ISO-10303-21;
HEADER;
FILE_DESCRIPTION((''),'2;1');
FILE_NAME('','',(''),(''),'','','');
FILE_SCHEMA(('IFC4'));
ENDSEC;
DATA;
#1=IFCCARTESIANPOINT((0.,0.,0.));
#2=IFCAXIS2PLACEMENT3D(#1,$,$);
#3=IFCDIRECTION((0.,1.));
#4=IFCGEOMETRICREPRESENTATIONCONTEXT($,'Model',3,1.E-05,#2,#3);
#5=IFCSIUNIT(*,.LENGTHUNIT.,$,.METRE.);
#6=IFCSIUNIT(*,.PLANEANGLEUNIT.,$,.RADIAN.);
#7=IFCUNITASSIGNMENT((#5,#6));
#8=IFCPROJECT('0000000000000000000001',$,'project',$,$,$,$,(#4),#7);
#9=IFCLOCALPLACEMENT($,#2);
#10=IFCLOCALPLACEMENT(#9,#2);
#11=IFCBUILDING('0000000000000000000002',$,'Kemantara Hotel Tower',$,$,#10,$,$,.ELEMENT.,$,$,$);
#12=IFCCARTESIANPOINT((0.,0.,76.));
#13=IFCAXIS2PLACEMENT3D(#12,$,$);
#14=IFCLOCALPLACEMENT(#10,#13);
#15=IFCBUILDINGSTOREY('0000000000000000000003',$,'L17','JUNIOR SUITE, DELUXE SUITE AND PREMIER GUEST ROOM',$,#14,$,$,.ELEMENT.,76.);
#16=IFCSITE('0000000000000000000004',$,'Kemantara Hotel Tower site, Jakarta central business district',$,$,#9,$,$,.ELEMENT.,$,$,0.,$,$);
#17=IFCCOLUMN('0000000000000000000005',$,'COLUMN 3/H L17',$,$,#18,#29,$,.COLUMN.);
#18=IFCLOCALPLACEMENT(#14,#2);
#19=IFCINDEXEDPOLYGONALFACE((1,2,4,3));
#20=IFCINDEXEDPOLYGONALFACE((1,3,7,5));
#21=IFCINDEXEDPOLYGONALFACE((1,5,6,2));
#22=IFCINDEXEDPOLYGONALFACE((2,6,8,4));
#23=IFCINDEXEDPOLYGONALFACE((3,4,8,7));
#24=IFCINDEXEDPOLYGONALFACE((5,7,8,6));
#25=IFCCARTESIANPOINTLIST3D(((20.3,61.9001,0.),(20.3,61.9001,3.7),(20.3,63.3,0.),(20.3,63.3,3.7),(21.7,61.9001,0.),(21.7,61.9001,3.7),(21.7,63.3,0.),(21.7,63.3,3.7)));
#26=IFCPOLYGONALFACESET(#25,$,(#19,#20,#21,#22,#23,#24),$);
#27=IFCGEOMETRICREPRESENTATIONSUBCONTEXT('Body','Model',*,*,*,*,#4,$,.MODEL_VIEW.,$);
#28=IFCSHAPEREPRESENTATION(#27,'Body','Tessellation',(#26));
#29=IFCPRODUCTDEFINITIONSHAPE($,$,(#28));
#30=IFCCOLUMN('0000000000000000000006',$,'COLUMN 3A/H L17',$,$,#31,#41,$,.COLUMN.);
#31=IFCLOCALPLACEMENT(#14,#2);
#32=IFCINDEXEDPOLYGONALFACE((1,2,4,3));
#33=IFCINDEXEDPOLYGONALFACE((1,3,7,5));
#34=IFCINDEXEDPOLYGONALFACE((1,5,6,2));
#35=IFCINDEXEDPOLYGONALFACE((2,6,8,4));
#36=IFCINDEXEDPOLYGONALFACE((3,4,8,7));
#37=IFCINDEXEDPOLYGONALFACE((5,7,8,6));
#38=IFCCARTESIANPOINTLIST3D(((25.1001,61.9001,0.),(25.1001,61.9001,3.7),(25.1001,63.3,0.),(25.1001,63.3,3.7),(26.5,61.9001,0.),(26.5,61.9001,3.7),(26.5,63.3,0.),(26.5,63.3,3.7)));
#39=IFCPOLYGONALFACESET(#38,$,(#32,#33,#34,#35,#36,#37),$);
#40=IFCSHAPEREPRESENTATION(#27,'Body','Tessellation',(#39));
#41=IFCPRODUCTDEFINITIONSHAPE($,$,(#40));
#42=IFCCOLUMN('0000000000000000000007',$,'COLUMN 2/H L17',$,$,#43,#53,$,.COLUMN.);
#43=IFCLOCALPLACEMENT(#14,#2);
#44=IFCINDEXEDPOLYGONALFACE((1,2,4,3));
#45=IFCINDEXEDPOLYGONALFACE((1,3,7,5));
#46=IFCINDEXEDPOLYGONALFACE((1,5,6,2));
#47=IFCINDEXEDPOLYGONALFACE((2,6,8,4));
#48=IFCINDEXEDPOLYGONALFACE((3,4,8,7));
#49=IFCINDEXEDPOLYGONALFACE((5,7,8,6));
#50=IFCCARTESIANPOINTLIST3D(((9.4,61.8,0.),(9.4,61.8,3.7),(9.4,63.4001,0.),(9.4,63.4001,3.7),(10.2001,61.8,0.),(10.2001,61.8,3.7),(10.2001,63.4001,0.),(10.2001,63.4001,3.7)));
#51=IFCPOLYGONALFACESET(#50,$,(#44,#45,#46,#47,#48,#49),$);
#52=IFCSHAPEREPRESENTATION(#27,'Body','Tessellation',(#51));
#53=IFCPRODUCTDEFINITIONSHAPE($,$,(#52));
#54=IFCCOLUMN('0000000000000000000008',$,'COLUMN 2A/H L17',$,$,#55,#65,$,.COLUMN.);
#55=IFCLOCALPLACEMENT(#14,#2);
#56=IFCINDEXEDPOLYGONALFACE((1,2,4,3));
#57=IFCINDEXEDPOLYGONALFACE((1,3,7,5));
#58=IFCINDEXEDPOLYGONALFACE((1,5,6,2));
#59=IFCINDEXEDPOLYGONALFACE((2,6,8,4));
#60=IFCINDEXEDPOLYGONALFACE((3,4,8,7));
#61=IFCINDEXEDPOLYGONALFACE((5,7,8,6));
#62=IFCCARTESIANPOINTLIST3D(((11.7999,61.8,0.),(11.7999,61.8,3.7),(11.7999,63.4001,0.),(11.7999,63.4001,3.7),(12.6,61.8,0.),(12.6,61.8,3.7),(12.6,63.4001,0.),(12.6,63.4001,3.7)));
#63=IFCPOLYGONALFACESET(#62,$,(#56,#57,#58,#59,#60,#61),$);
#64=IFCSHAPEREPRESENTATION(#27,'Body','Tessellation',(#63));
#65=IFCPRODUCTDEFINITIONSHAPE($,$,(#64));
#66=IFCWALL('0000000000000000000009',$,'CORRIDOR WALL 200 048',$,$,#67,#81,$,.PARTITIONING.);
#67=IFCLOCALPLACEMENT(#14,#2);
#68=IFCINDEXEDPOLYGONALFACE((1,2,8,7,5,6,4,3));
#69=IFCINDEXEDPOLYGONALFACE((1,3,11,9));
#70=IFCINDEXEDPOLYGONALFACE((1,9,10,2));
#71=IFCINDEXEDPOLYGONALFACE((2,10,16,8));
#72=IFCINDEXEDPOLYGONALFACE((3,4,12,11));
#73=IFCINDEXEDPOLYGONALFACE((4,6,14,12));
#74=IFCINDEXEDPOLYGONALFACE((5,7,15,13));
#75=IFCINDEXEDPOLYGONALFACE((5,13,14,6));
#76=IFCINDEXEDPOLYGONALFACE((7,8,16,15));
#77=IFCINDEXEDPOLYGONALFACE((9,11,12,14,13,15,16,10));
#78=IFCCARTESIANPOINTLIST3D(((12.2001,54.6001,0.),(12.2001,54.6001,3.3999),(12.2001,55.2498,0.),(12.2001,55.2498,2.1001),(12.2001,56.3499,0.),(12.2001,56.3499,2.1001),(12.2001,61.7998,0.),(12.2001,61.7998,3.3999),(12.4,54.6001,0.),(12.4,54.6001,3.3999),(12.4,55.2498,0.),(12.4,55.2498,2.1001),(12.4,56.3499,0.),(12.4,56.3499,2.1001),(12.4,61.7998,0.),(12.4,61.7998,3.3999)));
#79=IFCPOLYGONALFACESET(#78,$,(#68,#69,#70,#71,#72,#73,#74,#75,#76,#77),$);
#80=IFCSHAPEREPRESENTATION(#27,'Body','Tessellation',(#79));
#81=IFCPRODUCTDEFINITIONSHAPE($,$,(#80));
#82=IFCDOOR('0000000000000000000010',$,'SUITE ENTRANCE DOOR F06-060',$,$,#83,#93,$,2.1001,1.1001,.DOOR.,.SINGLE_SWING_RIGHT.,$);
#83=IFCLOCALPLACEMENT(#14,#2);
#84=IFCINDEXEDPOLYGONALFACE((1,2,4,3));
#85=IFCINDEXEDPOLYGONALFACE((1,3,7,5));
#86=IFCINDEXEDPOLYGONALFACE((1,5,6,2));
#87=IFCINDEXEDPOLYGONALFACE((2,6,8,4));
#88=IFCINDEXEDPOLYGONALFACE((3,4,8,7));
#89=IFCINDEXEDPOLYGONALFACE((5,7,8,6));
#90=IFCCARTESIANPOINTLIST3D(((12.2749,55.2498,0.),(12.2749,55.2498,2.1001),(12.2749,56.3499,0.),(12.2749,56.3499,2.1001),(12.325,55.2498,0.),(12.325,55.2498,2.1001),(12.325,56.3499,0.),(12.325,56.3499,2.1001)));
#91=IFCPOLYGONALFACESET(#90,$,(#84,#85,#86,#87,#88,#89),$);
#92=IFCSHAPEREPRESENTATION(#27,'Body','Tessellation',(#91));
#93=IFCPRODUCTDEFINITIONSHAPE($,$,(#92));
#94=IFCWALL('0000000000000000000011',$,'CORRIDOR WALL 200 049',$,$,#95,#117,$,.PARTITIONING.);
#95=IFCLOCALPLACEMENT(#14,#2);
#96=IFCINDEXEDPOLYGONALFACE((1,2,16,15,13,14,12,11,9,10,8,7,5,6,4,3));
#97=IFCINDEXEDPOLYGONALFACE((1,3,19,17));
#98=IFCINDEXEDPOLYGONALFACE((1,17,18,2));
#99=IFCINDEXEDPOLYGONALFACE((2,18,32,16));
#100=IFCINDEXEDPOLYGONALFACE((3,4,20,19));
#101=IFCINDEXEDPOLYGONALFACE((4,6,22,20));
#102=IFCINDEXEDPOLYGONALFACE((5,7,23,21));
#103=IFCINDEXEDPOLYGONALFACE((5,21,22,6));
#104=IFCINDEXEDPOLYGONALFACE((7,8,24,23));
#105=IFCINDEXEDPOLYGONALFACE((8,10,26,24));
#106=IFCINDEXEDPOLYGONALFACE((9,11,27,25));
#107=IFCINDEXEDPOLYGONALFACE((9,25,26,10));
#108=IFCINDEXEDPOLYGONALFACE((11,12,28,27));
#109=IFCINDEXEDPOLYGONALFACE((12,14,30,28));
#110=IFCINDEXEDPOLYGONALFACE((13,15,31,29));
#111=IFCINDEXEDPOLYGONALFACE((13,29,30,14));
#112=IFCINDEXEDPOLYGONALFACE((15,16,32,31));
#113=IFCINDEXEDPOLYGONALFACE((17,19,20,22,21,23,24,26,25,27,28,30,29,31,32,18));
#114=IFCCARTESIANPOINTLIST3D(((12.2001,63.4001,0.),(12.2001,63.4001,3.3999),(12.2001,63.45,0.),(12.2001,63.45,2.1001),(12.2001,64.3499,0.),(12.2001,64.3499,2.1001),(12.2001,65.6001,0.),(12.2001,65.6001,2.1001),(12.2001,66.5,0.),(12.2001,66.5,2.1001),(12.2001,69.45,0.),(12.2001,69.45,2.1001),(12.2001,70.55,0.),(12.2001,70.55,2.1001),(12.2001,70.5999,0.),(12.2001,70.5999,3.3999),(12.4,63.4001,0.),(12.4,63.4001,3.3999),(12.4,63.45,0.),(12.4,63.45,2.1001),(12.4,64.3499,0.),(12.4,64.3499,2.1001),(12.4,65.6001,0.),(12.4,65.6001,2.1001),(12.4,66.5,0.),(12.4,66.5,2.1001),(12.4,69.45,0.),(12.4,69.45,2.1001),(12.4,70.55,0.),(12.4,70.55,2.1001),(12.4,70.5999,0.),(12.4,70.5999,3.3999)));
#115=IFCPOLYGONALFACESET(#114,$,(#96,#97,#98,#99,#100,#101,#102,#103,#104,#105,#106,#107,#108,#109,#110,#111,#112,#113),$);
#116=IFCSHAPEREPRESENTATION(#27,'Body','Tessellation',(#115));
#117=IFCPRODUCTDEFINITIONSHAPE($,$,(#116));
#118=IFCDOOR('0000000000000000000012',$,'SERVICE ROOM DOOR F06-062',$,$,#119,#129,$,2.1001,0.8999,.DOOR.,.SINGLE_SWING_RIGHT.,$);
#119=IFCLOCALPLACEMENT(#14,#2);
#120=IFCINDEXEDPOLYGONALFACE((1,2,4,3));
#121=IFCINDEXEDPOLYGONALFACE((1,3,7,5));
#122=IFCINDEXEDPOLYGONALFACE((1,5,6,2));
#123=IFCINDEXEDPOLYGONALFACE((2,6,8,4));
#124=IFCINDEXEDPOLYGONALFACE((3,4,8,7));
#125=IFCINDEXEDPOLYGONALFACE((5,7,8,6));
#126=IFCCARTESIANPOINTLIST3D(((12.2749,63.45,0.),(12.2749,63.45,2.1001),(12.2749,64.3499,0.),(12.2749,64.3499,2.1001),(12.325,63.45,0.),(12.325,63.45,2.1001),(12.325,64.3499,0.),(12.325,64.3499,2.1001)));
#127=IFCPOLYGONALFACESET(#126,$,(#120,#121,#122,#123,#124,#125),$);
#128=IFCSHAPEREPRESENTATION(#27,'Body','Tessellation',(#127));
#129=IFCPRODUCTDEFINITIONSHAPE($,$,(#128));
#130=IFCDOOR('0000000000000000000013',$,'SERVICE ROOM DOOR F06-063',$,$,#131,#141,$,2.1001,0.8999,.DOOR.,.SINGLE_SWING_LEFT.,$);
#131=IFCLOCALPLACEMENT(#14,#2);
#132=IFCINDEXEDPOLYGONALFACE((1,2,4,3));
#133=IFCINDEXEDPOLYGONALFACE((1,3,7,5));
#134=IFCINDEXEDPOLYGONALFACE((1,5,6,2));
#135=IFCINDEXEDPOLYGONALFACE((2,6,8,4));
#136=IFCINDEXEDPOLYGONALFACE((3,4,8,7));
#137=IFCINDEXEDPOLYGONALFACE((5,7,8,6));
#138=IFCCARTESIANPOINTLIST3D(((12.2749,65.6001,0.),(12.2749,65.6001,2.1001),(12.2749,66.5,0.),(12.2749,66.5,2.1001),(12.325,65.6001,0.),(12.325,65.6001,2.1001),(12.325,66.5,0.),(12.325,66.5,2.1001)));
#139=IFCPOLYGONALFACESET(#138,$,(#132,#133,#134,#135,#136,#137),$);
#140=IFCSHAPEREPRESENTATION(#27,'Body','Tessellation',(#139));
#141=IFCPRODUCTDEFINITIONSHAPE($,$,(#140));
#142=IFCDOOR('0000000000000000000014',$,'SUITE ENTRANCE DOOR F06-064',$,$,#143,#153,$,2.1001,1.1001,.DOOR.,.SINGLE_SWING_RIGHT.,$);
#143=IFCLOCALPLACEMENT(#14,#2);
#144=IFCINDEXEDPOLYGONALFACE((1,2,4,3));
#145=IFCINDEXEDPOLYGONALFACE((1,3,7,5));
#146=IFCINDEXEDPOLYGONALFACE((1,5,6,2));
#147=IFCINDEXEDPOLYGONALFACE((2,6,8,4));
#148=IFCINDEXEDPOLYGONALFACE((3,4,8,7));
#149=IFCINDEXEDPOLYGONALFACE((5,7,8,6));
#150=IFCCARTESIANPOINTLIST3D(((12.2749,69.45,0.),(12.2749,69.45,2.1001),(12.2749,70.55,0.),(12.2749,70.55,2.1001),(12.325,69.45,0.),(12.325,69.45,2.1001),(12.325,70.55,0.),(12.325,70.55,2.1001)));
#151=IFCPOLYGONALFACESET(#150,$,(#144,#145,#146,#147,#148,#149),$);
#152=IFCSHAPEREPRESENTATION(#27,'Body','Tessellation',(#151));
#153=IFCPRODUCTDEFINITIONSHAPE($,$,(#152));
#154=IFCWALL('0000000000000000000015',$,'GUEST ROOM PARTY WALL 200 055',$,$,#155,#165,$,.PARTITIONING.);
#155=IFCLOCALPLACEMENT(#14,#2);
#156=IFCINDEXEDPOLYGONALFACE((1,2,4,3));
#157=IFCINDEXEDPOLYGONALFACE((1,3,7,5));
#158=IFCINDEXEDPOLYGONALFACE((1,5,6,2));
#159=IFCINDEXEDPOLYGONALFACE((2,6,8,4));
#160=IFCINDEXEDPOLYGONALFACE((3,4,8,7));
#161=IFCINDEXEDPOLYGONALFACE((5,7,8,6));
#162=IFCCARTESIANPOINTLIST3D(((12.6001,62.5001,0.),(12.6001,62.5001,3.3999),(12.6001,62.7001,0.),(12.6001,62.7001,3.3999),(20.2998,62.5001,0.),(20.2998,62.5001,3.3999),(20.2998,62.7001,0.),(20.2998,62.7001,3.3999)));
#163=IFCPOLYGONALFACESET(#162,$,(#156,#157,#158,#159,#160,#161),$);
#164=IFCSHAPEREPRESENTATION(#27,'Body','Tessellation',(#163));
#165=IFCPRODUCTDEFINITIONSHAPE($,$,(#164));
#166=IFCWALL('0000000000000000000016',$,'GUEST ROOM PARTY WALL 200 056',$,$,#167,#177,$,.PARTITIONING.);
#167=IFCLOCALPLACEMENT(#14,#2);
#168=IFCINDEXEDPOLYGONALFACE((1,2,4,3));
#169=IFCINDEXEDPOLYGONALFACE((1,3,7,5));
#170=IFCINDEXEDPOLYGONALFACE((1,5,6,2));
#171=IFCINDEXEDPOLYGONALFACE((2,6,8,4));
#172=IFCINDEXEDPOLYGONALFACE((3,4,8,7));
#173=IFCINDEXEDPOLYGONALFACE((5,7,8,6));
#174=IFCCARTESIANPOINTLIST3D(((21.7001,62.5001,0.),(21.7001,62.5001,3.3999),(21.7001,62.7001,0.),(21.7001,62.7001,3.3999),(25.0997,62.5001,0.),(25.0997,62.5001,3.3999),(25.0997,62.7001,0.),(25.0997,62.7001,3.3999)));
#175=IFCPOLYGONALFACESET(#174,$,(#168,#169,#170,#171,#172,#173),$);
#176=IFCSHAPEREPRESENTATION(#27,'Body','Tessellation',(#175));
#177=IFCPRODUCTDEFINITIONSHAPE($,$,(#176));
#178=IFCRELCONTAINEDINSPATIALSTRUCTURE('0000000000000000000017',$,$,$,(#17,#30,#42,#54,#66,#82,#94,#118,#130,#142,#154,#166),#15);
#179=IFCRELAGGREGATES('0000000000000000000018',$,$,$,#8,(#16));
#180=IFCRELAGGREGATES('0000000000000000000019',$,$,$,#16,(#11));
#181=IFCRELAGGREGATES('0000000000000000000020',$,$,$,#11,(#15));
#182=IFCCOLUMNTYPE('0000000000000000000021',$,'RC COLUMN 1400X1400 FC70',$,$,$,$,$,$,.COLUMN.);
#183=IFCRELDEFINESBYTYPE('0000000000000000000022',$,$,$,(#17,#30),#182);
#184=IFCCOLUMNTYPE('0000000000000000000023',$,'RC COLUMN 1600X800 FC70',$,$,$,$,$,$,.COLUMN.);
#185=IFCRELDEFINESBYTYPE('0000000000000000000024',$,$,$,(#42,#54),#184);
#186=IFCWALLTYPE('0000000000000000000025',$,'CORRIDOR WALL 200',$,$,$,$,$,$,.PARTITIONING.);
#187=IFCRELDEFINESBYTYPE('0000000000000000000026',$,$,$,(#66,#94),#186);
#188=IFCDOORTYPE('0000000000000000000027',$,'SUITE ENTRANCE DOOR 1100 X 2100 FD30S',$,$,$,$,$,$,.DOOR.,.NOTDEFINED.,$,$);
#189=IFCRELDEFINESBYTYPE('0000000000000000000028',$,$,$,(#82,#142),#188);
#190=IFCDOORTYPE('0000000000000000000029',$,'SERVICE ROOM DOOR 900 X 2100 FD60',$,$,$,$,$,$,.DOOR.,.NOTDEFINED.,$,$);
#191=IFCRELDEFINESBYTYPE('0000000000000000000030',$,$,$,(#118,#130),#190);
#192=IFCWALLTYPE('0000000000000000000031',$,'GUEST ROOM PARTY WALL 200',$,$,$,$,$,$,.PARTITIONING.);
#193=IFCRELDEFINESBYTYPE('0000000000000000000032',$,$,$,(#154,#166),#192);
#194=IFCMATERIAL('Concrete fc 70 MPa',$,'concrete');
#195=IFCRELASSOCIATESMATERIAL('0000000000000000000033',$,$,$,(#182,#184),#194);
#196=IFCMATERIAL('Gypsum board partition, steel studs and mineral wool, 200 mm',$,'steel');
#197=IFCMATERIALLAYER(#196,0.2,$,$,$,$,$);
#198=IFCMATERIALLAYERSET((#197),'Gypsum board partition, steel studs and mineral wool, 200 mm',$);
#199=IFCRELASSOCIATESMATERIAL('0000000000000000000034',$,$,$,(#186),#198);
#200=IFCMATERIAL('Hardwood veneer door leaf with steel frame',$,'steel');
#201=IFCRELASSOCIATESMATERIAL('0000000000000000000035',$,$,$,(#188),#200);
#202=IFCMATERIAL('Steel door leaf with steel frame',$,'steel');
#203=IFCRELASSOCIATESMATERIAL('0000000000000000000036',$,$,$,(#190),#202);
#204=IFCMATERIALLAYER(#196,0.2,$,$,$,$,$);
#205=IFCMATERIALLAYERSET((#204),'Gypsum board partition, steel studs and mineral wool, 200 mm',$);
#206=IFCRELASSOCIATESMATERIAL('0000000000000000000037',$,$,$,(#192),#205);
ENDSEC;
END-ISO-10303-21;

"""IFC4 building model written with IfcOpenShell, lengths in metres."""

from ifc_helpers import new_model, si_unit, direction, frame, frame_2d, origin, origin_2d, place, context, subcontext, project, spatial, rectangle, extrude, material, layer, layer_set, material_profile, profile_set, type_object, element, fill, save


model = new_model("IFC4")

# Units and contexts
model_context = context("Model", 3, precision=1e-05, world=origin(), true_north=direction((0.0, 1.0)))
body_context = subcontext(model_context, "Body", "Model", "MODEL_VIEW")
ifc_project = project(units=[si_unit("LENGTHUNIT", "METRE"), si_unit("PLANEANGLEUNIT", "RADIAN")], contexts=[model_context])

# Site, building, storey
site_placement = place(None, origin())
site = spatial("IfcSite", under=ifc_project, at=site_placement, Name="Kemantara Hotel Tower site, Jakarta central business district", CompositionType="ELEMENT", RefElevation=0.0)
building_placement = place(site_placement, origin())
building = spatial("IfcBuilding", under=site, at=building_placement, Name="Kemantara Hotel Tower", CompositionType="ELEMENT")
storey_placement = place(building_placement, frame((0.0, 0.0, 76.0)))
storey = spatial("IfcBuildingStorey", under=building, at=storey_placement, Name="L17", Description="JUNIOR SUITE, DELUXE SUITE AND PREMIER GUEST ROOM", CompositionType="ELEMENT", Elevation=76.0)

# Columns
ifc_material_1 = material(Name="Concrete fc 70 MPa", Category="concrete")
ifc_material_profile_1 = material_profile(ifc_material_1, rectangle(XDim=1.3999, YDim=1.3999, at=origin_2d()), Name="RC 1400X1400")
ifc_profile_set_1 = profile_set([ifc_material_profile_1], Name="Concrete fc 70 MPa")
column_type_1 = type_object("IfcColumnType", Name="RC COLUMN 1400X1400 FC70", PredefinedType="COLUMN", material=ifc_profile_set_1)
for number, where, z_axis, x_axis, name in (
    (1, (21.0, 62.6001, 0.0), (0.0, 0.0, 1.0), (1.0, 0.0, 0.0), "COLUMN 3/H L17"),
    (2, (25.8, 62.6001, 0.0), (0.0, 0.0, 1.0), (1.0, 0.0, 0.0), "COLUMN 3A/H L17"),
):
    element("IfcColumn", number, at=place(storey_placement, frame(where, z_axis=z_axis, x_axis=x_axis)), inside=storey, type_object=column_type_1, Name=name, PredefinedType="COLUMN", context=body_context, shape_type="SweptSolid", body=[
        extrude(rectangle(XDim=1.3999, YDim=1.3999, at=origin_2d()), origin(), (0.0, 0.0, 1.0), 3.7),
    ])
ifc_material_profile_2 = material_profile(ifc_material_1, rectangle(XDim=1.6001, YDim=0.8, at=origin_2d()), Name="RC 1600X800")
ifc_profile_set_2 = profile_set([ifc_material_profile_2], Name="Concrete fc 70 MPa")
column_type_2 = type_object("IfcColumnType", Name="RC COLUMN 1600X800 FC70", PredefinedType="COLUMN", material=ifc_profile_set_2)
for number, where, z_axis, x_axis, name in (
    (3, (9.8, 62.6001, 0.0), (0.0, 0.0, 1.0), (0.0, 1.0, 0.0), "COLUMN 2/H L17"),
    (4, (12.2, 62.6001, 0.0), (0.0, 0.0, 1.0), (0.0, 1.0, 0.0), "COLUMN 2A/H L17"),
):
    element("IfcColumn", number, at=place(storey_placement, frame(where, z_axis=z_axis, x_axis=x_axis)), inside=storey, type_object=column_type_2, Name=name, PredefinedType="COLUMN", context=body_context, shape_type="SweptSolid", body=[
        extrude(rectangle(XDim=1.6001, YDim=0.8, at=origin_2d()), origin(), (0.0, 0.0, 1.0), 3.7),
    ])

# Wall, opening, door
ifc_material_2 = material(Name="Gypsum board partition, steel studs and mineral wool, 200 mm", Category="steel")
ifc_layer_1 = layer(ifc_material_2, 0.2)
ifc_layer_set_1 = layer_set([ifc_layer_1], Name="Gypsum board partition, steel studs and mineral wool, 200 mm")
wall_type_1 = type_object("IfcWallType", Name="CORRIDOR WALL 200", PredefinedType="PARTITIONING", material=ifc_layer_set_1)
wall_1_placement = place(storey_placement, frame((12.3, 61.7998, 0.0), z_axis=(0.0, 0.0, 1.0), x_axis=(0.0, -1.0, 0.0)))
wall_1 = element("IfcWall", 5, at=wall_1_placement, inside=storey, type_object=wall_type_1, Name="CORRIDOR WALL 200 048", PredefinedType="PARTITIONING", context=body_context, shape_type="SweptSolid", body=[
    extrude(rectangle(XDim=7.1997, YDim=0.2, at=frame_2d((3.5999, 0.0))), origin(), (0.0, 0.0, 1.0), 3.3999),
])
opening_1_placement = place(wall_1_placement, frame((5.45, 0.0, 0.0)))
opening_1 = element("IfcOpeningElement", 6, at=opening_1_placement, cuts=wall_1, PredefinedType="OPENING", context=body_context, shape_type="SweptSolid", body=[
    extrude(rectangle(XDim=1.1001, YDim=2.1001, at=frame_2d((0.55, 1.05))), frame((0.0, 0.1099, 0.0), z_axis=(0.0, -1.0, 0.0), x_axis=(1.0, 0.0, 0.0)), (0.0, 0.0, 1.0), 0.22),
])
ifc_material_3 = material(Name="Hardwood veneer door leaf with steel frame", Category="steel")
door_type_1 = type_object("IfcDoorType", Name="SUITE ENTRANCE DOOR 1100 X 2100 FD30S", OperationType="NOTDEFINED", PredefinedType="DOOR", material=ifc_material_3)
door_1_placement = place(opening_1_placement, origin())
door_1 = element("IfcDoor", 7, at=door_1_placement, inside=storey, type_object=door_type_1, Name="SUITE ENTRANCE DOOR F06-060", OperationType="SINGLE_SWING_RIGHT", OverallHeight=2.1001, OverallWidth=1.1001, PredefinedType="DOOR", context=body_context, shape_type="SweptSolid", body=[
    extrude(rectangle(XDim=1.1001, YDim=2.1001, at=frame_2d((0.55, 1.05))), frame((0.0, 0.0249, 0.0), z_axis=(0.0, -1.0, 0.0), x_axis=(1.0, 0.0, 0.0)), (0.0, 0.0, 1.0), 0.05),
])
fill(opening_1, door_1)

# Wall, openings, doors
wall_2_placement = place(storey_placement, frame((12.3, 70.5999, 0.0), z_axis=(0.0, 0.0, 1.0), x_axis=(0.0, -1.0, 0.0)))
wall_2 = element("IfcWall", 8, at=wall_2_placement, inside=storey, type_object=wall_type_1, Name="CORRIDOR WALL 200 049", PredefinedType="PARTITIONING", context=body_context, shape_type="SweptSolid", body=[
    extrude(rectangle(XDim=7.1997, YDim=0.2, at=frame_2d((3.5999, 0.0))), origin(), (0.0, 0.0, 1.0), 3.3999),
])
opening_2_placement = place(wall_2_placement, frame((6.25, 0.0, 0.0)))
opening_2 = element("IfcOpeningElement", 9, at=opening_2_placement, cuts=wall_2, PredefinedType="OPENING", context=body_context, shape_type="SweptSolid", body=[
    extrude(rectangle(XDim=0.8999, YDim=2.1001, at=frame_2d((0.45, 1.05))), frame((0.0, 0.1099, 0.0), z_axis=(0.0, -1.0, 0.0), x_axis=(1.0, 0.0, 0.0)), (0.0, 0.0, 1.0), 0.22),
])
opening_3_placement = place(wall_2_placement, frame((4.0999, 0.0, 0.0)))
opening_3 = element("IfcOpeningElement", 10, at=opening_3_placement, cuts=wall_2, PredefinedType="OPENING", context=body_context, shape_type="SweptSolid", body=[
    extrude(rectangle(XDim=0.8999, YDim=2.1001, at=frame_2d((0.45, 1.05))), frame((0.0, 0.1099, 0.0), z_axis=(0.0, -1.0, 0.0), x_axis=(1.0, 0.0, 0.0)), (0.0, 0.0, 1.0), 0.22),
])
opening_4_placement = place(wall_2_placement, frame((0.0498, 0.0, 0.0)))
opening_4 = element("IfcOpeningElement", 11, at=opening_4_placement, cuts=wall_2, PredefinedType="OPENING", context=body_context, shape_type="SweptSolid", body=[
    extrude(rectangle(XDim=1.1001, YDim=2.1001, at=frame_2d((0.55, 1.05))), frame((0.0, 0.1099, 0.0), z_axis=(0.0, -1.0, 0.0), x_axis=(1.0, 0.0, 0.0)), (0.0, 0.0, 1.0), 0.22),
])
ifc_material_4 = material(Name="Steel door leaf with steel frame", Category="steel")
door_type_2 = type_object("IfcDoorType", Name="SERVICE ROOM DOOR 900 X 2100 FD60", OperationType="NOTDEFINED", PredefinedType="DOOR", material=ifc_material_4)
door_2_placement = place(opening_2_placement, origin())
door_2 = element("IfcDoor", 12, at=door_2_placement, inside=storey, type_object=door_type_2, Name="SERVICE ROOM DOOR F06-062", OperationType="SINGLE_SWING_RIGHT", OverallHeight=2.1001, OverallWidth=0.8999, PredefinedType="DOOR", context=body_context, shape_type="SweptSolid", body=[
    extrude(rectangle(XDim=0.8999, YDim=2.1001, at=frame_2d((0.45, 1.05))), frame((0.0, 0.0249, 0.0), z_axis=(0.0, -1.0, 0.0), x_axis=(1.0, 0.0, 0.0)), (0.0, 0.0, 1.0), 0.05),
])
fill(opening_2, door_2)
door_3_placement = place(opening_3_placement, origin())
door_3 = element("IfcDoor", 13, at=door_3_placement, inside=storey, type_object=door_type_2, Name="SERVICE ROOM DOOR F06-063", OperationType="SINGLE_SWING_LEFT", OverallHeight=2.1001, OverallWidth=0.8999, PredefinedType="DOOR", context=body_context, shape_type="SweptSolid", body=[
    extrude(rectangle(XDim=0.8999, YDim=2.1001, at=frame_2d((0.45, 1.05))), frame((0.0, 0.0249, 0.0), z_axis=(0.0, -1.0, 0.0), x_axis=(1.0, 0.0, 0.0)), (0.0, 0.0, 1.0), 0.05),
])
fill(opening_3, door_3)
door_4_placement = place(opening_4_placement, origin())
door_4 = element("IfcDoor", 14, at=door_4_placement, inside=storey, type_object=door_type_1, Name="SUITE ENTRANCE DOOR F06-064", OperationType="SINGLE_SWING_RIGHT", OverallHeight=2.1001, OverallWidth=1.1001, PredefinedType="DOOR", context=body_context, shape_type="SweptSolid", body=[
    extrude(rectangle(XDim=1.1001, YDim=2.1001, at=frame_2d((0.55, 1.05))), frame((0.0, 0.0249, 0.0), z_axis=(0.0, -1.0, 0.0), x_axis=(1.0, 0.0, 0.0)), (0.0, 0.0, 1.0), 0.05),
])
fill(opening_4, door_4)

# Walls
ifc_layer_2 = layer(ifc_material_2, 0.2)
ifc_layer_set_2 = layer_set([ifc_layer_2], Name="Gypsum board partition, steel studs and mineral wool, 200 mm")
wall_type_2 = type_object("IfcWallType", Name="GUEST ROOM PARTY WALL 200", PredefinedType="PARTITIONING", material=ifc_layer_set_2)
wall_3_placement = place(storey_placement, frame((12.6001, 62.6001, 0.0), z_axis=(0.0, 0.0, 1.0), x_axis=(1.0, 0.0, 0.0)))
element("IfcWall", 15, at=wall_3_placement, inside=storey, type_object=wall_type_2, Name="GUEST ROOM PARTY WALL 200 055", PredefinedType="PARTITIONING", context=body_context, shape_type="SweptSolid", body=[
    extrude(rectangle(XDim=7.6997, YDim=0.2, at=frame_2d((3.8499, 0.0))), origin(), (0.0, 0.0, 1.0), 3.3999),
])
wall_4_placement = place(storey_placement, frame((21.7002, 62.6001, 0.0), z_axis=(0.0, 0.0, 1.0), x_axis=(1.0, 0.0, 0.0)))
element("IfcWall", 16, at=wall_4_placement, inside=storey, type_object=wall_type_2, Name="GUEST ROOM PARTY WALL 200 056", PredefinedType="PARTITIONING", context=body_context, shape_type="SweptSolid", body=[
    extrude(rectangle(XDim=3.3997, YDim=0.2, at=frame_2d((1.6997, 0.0))), origin(), (0.0, 0.0, 1.0), 3.3999),
])

save(model, "model.ifc")
